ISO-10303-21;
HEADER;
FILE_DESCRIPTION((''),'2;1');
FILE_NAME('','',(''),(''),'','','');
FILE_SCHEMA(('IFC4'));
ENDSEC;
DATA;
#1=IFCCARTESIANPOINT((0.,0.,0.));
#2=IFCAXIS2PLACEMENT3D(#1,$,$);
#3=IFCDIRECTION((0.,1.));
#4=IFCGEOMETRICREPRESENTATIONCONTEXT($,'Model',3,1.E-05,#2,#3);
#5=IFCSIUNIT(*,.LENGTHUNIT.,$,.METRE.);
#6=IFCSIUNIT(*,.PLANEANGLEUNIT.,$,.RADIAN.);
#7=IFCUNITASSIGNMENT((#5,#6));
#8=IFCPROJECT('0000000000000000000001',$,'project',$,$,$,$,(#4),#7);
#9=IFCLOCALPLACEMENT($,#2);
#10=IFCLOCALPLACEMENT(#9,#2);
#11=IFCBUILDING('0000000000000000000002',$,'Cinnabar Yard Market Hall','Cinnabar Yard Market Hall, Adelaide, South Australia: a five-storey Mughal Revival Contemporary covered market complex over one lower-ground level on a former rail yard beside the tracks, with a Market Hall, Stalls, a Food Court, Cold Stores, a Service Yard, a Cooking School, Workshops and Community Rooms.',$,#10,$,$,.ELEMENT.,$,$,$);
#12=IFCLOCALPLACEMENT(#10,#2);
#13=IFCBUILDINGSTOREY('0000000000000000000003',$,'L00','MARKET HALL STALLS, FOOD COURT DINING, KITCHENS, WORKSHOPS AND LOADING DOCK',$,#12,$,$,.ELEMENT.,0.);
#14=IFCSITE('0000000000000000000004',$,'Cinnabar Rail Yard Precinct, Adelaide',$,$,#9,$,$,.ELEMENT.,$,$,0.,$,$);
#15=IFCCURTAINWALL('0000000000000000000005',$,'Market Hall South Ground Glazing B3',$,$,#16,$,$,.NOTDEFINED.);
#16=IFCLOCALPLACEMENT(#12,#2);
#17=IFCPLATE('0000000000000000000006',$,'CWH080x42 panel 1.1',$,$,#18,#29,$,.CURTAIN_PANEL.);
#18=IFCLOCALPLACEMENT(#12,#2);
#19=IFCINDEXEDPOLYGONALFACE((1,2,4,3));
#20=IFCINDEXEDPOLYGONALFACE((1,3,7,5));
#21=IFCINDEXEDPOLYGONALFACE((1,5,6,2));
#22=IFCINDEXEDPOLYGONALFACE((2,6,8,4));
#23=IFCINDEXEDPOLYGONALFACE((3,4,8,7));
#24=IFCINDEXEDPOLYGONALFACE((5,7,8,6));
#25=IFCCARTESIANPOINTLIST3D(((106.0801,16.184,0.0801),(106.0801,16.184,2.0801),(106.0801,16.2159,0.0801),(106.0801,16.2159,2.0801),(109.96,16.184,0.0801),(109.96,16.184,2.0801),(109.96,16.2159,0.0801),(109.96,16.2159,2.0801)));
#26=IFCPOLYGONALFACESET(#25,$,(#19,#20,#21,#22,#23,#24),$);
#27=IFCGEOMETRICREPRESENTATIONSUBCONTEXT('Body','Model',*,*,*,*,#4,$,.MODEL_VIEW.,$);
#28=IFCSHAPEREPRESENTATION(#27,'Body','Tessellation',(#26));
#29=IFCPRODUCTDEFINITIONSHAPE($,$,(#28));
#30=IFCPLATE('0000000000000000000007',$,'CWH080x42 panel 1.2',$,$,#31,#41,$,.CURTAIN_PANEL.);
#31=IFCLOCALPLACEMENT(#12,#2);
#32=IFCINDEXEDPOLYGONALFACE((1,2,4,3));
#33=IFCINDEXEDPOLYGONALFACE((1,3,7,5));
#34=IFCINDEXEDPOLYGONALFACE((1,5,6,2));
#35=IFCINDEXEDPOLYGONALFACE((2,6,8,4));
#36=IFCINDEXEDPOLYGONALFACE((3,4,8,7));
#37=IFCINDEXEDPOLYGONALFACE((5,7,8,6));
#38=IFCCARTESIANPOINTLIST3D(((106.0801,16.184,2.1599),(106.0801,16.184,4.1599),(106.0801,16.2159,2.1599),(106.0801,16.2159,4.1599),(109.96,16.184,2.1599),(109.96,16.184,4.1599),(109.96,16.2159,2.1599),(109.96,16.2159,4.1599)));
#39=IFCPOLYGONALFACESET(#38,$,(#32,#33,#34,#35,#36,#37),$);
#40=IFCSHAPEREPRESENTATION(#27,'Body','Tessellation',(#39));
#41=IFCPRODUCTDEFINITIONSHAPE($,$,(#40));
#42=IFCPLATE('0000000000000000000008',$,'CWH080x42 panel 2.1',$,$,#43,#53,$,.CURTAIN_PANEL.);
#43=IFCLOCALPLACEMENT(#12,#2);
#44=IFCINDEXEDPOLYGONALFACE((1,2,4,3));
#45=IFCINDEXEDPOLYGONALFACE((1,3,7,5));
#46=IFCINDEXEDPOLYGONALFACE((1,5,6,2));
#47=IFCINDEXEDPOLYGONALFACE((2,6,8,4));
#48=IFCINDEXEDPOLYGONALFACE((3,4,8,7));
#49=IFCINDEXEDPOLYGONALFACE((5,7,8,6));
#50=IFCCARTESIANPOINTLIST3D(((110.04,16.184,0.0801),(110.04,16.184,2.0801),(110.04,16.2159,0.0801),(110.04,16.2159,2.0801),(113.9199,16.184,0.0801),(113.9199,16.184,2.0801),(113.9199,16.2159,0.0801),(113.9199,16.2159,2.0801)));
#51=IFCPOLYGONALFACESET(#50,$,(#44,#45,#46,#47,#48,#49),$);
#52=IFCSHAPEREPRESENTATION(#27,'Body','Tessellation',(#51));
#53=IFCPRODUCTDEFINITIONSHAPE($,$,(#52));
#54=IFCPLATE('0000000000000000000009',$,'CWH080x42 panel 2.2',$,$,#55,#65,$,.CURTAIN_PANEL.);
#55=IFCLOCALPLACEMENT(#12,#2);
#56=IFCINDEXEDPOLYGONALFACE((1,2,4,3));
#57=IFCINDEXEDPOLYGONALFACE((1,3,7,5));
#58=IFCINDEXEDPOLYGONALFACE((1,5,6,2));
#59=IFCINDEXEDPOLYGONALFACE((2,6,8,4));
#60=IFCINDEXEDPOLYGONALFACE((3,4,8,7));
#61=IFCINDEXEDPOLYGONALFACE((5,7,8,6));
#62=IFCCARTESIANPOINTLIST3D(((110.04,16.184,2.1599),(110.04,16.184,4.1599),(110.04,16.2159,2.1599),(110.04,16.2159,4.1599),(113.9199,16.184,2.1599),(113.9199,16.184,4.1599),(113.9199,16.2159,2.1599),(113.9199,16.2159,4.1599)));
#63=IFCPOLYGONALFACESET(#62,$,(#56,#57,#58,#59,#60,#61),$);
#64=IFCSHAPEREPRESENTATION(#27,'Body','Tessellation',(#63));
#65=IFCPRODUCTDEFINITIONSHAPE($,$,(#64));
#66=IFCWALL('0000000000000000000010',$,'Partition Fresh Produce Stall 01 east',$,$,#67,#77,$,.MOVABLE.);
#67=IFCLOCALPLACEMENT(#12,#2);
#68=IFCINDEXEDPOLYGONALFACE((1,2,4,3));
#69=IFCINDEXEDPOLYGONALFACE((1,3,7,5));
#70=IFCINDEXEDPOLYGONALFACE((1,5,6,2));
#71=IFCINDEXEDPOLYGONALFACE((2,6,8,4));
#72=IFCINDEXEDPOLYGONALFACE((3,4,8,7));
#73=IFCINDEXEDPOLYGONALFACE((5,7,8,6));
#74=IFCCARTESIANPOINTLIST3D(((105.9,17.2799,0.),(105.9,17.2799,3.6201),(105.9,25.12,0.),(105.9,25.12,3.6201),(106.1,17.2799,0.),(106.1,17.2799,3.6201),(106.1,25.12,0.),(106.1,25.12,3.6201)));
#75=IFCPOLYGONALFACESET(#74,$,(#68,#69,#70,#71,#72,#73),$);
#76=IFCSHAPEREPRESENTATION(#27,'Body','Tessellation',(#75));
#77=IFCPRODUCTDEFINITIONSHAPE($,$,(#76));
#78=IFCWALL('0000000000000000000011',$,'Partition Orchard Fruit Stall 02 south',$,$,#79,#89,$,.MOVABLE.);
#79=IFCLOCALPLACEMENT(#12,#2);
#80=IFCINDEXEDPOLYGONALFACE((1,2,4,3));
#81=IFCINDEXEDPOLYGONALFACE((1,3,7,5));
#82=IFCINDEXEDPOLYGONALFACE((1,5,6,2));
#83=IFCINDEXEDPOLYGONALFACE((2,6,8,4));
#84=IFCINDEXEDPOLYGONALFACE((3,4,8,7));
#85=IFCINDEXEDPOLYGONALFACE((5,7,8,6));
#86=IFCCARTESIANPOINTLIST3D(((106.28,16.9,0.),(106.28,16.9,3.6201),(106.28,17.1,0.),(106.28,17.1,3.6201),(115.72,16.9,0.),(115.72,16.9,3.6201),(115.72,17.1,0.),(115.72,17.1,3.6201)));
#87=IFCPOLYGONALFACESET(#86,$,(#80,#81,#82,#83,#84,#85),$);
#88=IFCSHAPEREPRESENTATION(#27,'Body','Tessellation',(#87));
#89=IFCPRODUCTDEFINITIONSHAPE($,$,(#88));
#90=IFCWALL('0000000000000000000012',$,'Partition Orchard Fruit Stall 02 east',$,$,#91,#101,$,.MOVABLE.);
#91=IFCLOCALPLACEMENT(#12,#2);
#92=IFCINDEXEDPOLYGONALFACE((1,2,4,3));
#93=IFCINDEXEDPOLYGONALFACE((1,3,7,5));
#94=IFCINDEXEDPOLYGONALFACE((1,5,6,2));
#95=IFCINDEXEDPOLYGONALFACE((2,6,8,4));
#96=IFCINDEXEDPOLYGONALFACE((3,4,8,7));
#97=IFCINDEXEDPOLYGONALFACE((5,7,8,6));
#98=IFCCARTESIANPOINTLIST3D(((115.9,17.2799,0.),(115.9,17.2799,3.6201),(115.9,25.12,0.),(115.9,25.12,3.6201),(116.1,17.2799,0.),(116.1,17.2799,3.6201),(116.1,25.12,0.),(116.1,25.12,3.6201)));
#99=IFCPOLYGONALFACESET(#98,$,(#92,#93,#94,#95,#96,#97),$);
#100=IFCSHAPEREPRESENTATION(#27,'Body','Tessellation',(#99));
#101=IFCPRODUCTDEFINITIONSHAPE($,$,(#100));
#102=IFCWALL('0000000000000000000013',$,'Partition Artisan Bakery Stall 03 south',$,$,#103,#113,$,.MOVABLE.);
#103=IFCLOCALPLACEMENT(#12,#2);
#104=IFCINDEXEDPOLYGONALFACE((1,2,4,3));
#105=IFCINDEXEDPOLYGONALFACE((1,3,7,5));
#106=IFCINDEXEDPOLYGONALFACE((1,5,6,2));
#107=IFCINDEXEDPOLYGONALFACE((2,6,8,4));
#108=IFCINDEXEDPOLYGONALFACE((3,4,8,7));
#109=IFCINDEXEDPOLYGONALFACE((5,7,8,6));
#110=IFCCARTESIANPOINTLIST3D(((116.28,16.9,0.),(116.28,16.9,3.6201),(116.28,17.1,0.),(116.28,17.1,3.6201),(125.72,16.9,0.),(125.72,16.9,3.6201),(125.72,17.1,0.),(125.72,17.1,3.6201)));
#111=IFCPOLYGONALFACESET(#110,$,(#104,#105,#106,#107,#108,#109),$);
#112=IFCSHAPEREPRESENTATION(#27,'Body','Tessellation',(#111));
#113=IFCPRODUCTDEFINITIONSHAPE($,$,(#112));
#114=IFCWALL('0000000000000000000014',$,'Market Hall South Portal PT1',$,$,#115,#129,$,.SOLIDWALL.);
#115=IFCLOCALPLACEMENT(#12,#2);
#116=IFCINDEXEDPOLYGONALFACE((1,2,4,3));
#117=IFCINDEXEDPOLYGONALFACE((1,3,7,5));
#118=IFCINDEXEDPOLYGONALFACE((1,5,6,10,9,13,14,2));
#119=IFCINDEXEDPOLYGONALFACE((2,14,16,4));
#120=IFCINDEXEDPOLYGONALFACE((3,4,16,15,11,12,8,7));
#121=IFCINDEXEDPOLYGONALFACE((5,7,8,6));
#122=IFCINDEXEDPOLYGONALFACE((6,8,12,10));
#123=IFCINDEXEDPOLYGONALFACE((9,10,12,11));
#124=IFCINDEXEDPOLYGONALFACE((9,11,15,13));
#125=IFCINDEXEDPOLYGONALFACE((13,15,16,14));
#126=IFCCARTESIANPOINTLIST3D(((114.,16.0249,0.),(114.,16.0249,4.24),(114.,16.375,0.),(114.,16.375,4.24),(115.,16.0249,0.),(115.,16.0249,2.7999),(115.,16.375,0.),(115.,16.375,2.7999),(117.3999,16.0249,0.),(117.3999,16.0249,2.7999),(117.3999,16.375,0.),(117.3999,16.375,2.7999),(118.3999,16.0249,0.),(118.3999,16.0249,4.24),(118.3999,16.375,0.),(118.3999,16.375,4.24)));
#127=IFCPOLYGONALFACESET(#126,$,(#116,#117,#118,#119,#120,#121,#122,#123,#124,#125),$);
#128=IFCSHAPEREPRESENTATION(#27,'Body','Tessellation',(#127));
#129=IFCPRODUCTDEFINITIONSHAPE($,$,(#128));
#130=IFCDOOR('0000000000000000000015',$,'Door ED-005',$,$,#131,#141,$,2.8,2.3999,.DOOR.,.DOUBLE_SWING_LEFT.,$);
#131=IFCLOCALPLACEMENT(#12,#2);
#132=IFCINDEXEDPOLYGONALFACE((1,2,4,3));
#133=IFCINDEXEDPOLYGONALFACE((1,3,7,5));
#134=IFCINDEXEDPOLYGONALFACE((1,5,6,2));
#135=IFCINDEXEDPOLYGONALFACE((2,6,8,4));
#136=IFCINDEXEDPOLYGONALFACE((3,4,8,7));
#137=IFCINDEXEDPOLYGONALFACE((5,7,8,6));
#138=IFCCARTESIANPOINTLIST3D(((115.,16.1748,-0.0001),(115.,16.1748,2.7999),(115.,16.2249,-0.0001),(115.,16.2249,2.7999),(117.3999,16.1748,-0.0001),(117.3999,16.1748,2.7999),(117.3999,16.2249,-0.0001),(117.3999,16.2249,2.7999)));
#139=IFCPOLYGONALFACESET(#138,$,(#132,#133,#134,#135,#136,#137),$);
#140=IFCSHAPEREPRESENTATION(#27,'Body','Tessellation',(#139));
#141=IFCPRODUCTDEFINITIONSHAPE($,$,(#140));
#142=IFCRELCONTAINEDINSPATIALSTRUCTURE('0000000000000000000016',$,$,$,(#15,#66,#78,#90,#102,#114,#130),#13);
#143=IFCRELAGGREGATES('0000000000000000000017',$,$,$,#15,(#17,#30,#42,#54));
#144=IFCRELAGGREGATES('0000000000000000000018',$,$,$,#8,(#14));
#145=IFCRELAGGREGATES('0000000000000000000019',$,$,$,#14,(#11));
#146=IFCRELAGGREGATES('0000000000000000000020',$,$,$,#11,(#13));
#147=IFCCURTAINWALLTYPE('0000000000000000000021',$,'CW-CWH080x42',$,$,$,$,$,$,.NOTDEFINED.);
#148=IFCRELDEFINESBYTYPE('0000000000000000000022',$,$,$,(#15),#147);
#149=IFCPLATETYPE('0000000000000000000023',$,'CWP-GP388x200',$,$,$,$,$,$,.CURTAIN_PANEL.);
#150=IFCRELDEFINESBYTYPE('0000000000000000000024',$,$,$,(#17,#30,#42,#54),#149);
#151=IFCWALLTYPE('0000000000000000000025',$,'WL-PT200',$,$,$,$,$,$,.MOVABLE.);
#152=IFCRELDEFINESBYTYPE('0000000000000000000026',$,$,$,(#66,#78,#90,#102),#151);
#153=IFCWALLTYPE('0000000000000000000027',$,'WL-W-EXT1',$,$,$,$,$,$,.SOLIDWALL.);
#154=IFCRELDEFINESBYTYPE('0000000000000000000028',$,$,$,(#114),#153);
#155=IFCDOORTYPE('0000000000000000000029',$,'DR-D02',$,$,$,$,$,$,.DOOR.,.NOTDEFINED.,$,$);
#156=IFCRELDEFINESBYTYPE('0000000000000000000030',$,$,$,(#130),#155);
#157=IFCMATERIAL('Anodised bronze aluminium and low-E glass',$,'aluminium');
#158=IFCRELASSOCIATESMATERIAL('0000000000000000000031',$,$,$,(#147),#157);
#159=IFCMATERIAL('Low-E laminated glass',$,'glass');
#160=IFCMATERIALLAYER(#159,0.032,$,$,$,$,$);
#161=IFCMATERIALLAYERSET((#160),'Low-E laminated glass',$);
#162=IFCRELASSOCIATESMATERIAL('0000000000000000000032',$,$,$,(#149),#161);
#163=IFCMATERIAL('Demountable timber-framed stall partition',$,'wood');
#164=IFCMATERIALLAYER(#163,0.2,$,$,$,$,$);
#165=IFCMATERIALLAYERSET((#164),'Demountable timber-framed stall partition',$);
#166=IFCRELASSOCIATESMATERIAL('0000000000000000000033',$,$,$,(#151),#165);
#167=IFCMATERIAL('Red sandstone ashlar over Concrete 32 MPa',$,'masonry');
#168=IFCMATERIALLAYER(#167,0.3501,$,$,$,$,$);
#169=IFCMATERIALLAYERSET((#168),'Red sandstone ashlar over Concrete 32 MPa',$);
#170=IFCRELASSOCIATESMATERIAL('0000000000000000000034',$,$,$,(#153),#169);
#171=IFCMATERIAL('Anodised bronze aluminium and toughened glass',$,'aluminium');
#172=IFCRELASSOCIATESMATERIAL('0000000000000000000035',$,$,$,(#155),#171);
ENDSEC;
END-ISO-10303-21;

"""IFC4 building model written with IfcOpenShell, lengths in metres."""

from ifc_helpers import new_model, si_unit, direction, frame, frame_2d, origin, origin_2d_with_axis, place, context, subcontext, project, spatial, rectangle, extrude, material, layer, layer_set, type_object, element, fill, aggregate, save


model = new_model("IFC4")

# Units and contexts
model_context = context("Model", 3, precision=1e-05, world=origin(), true_north=direction((0.0, 1.0)))
body_context = subcontext(model_context, "Body", "Model", "MODEL_VIEW")
ifc_project = project(units=[si_unit("LENGTHUNIT", "METRE"), si_unit("PLANEANGLEUNIT", "RADIAN")], contexts=[model_context])

# Site, building, storey
site_placement = place(None, origin())
site = spatial("IfcSite", under=ifc_project, at=site_placement, Name="Cinnabar Rail Yard Precinct, Adelaide", CompositionType="ELEMENT", RefElevation=0.0)
building_placement = place(site_placement, origin())
building = spatial("IfcBuilding", under=site, at=building_placement, Name="Cinnabar Yard Market Hall", Description="Cinnabar Yard Market Hall, Adelaide, South Australia: a five-storey Mughal Revival Contemporary covered market complex over one lower-ground level on a former rail yard beside the tracks, with a Market Hall, Stalls, a Food Court, Cold Stores, a Service Yard, a Cooking School, Workshops and Community Rooms.", CompositionType="ELEMENT")
storey_placement = place(building_placement, origin())
storey = spatial("IfcBuildingStorey", under=building, at=storey_placement, Name="L00", Description="MARKET HALL STALLS, FOOD COURT DINING, KITCHENS, WORKSHOPS AND LOADING DOCK", CompositionType="ELEMENT", Elevation=0.0)

# Curtain wall
ifc_material_1 = material(Name="Anodised bronze aluminium and low-E glass", Category="aluminium")
curtain_wall_type_1 = type_object("IfcCurtainWallType", Name="CW-CWH080x42", PredefinedType="NOTDEFINED", material=ifc_material_1)
curtain_wall_1_placement = place(storey_placement, origin())
curtain_wall_1 = element("IfcCurtainWall", 1, at=curtain_wall_1_placement, inside=storey, type_object=curtain_wall_type_1, Name="Market Hall South Ground Glazing B3", PredefinedType="NOTDEFINED")

# Plates
ifc_material_2 = material(Name="Low-E laminated glass", Category="glass")
ifc_layer_1 = layer(ifc_material_2, 0.032)
ifc_layer_set_1 = layer_set([ifc_layer_1], Name="Low-E laminated glass")
plate_type_1 = type_object("IfcPlateType", Name="CWP-GP388x200", PredefinedType="CURTAIN_PANEL", material=ifc_layer_set_1)
plate_1_placement = place(storey_placement, frame((108.02, 16.2, 0.0801), z_axis=(0.0, 0.0, 1.0), x_axis=(1.0, 0.0, 0.0)))
plate_1 = element("IfcPlate", 2, at=plate_1_placement, type_object=plate_type_1, Name="CWH080x42 panel 1.1", PredefinedType="CURTAIN_PANEL", context=body_context, shape_type="SweptSolid", body=[
    extrude(rectangle(XDim=3.8799, YDim=0.032, at=origin_2d_with_axis()), origin(), (0.0, 0.0, 1.0), 2.0),
])
plate_2_placement = place(storey_placement, frame((108.02, 16.2, 2.1599), z_axis=(0.0, 0.0, 1.0), x_axis=(1.0, 0.0, 0.0)))
plate_2 = element("IfcPlate", 3, at=plate_2_placement, type_object=plate_type_1, Name="CWH080x42 panel 1.2", PredefinedType="CURTAIN_PANEL", context=body_context, shape_type="SweptSolid", body=[
    extrude(rectangle(XDim=3.8799, YDim=0.032, at=origin_2d_with_axis()), origin(), (0.0, 0.0, 1.0), 2.0),
])
plate_3_placement = place(storey_placement, frame((111.98, 16.2, 0.0801), z_axis=(0.0, 0.0, 1.0), x_axis=(1.0, 0.0, 0.0)))
plate_3 = element("IfcPlate", 4, at=plate_3_placement, type_object=plate_type_1, Name="CWH080x42 panel 2.1", PredefinedType="CURTAIN_PANEL", context=body_context, shape_type="SweptSolid", body=[
    extrude(rectangle(XDim=3.8799, YDim=0.032, at=origin_2d_with_axis()), origin(), (0.0, 0.0, 1.0), 2.0),
])
plate_4_placement = place(storey_placement, frame((111.98, 16.2, 2.1599), z_axis=(0.0, 0.0, 1.0), x_axis=(1.0, 0.0, 0.0)))
plate_4 = element("IfcPlate", 5, at=plate_4_placement, type_object=plate_type_1, Name="CWH080x42 panel 2.2", PredefinedType="CURTAIN_PANEL", context=body_context, shape_type="SweptSolid", body=[
    extrude(rectangle(XDim=3.8799, YDim=0.032, at=origin_2d_with_axis()), origin(), (0.0, 0.0, 1.0), 2.0),
])
aggregate(curtain_wall_1, [plate_1, plate_2, plate_3, plate_4])

# Walls
ifc_material_3 = material(Name="Demountable timber-framed stall partition", Category="wood")
ifc_layer_2 = layer(ifc_material_3, 0.2)
ifc_layer_set_2 = layer_set([ifc_layer_2], Name="Demountable timber-framed stall partition")
wall_type_1 = type_object("IfcWallType", Name="WL-PT200", PredefinedType="MOVABLE", material=ifc_layer_set_2)
wall_1_placement = place(storey_placement, frame((106.0, 17.28, 0.0), z_axis=(0.0, 0.0, 1.0), x_axis=(0.0, 1.0, 0.0)))
element("IfcWall", 6, at=wall_1_placement, inside=storey, type_object=wall_type_1, Name="Partition Fresh Produce Stall 01 east", PredefinedType="MOVABLE", context=body_context, shape_type="SweptSolid", body=[
    extrude(rectangle(XDim=7.8401, YDim=0.2, at=frame_2d((3.9199, 0.0), x_axis=(1.0, 0.0))), origin(), (0.0, 0.0, 1.0), 3.6201),
])
wall_2_placement = place(storey_placement, frame((106.28, 17.0, 0.0), z_axis=(0.0, 0.0, 1.0), x_axis=(1.0, 0.0, 0.0)))
element("IfcWall", 7, at=wall_2_placement, inside=storey, type_object=wall_type_1, Name="Partition Orchard Fruit Stall 02 south", PredefinedType="MOVABLE", context=body_context, shape_type="SweptSolid", body=[
    extrude(rectangle(XDim=9.4399, YDim=0.2, at=frame_2d((4.72, 0.0), x_axis=(1.0, 0.0))), origin(), (0.0, 0.0, 1.0), 3.6201),
])
wall_3_placement = place(storey_placement, frame((116.0, 17.28, 0.0), z_axis=(0.0, 0.0, 1.0), x_axis=(0.0, 1.0, 0.0)))
element("IfcWall", 8, at=wall_3_placement, inside=storey, type_object=wall_type_1, Name="Partition Orchard Fruit Stall 02 east", PredefinedType="MOVABLE", context=body_context, shape_type="SweptSolid", body=[
    extrude(rectangle(XDim=7.8401, YDim=0.2, at=frame_2d((3.9199, 0.0), x_axis=(1.0, 0.0))), origin(), (0.0, 0.0, 1.0), 3.6201),
])
wall_4_placement = place(storey_placement, frame((116.28, 17.0, 0.0), z_axis=(0.0, 0.0, 1.0), x_axis=(1.0, 0.0, 0.0)))
element("IfcWall", 9, at=wall_4_placement, inside=storey, type_object=wall_type_1, Name="Partition Artisan Bakery Stall 03 south", PredefinedType="MOVABLE", context=body_context, shape_type="SweptSolid", body=[
    extrude(rectangle(XDim=9.4399, YDim=0.2, at=frame_2d((4.72, 0.0), x_axis=(1.0, 0.0))), origin(), (0.0, 0.0, 1.0), 3.6201),
])

# Wall, opening, door
ifc_material_4 = material(Name="Red sandstone ashlar over Concrete 32 MPa", Category="masonry")
ifc_layer_3 = layer(ifc_material_4, 0.3501)
ifc_layer_set_3 = layer_set([ifc_layer_3], Name="Red sandstone ashlar over Concrete 32 MPa")
wall_type_2 = type_object("IfcWallType", Name="WL-W-EXT1", PredefinedType="SOLIDWALL", material=ifc_layer_set_3)
wall_5_placement = place(storey_placement, frame((114.0, 16.2, 0.0), z_axis=(0.0, 0.0, 1.0), x_axis=(1.0, 0.0, 0.0)))
wall_5 = element("IfcWall", 10, at=wall_5_placement, inside=storey, type_object=wall_type_2, Name="Market Hall South Portal PT1", PredefinedType="SOLIDWALL", context=body_context, shape_type="SweptSolid", body=[
    extrude(rectangle(XDim=4.3999, YDim=0.3501, at=frame_2d((2.2, 0.0), x_axis=(1.0, 0.0))), origin(), (0.0, 0.0, 1.0), 4.24),
])
opening_placement = place(wall_5_placement, frame((1.0, 0.0, 0.0)))
opening = element("IfcOpeningElement", 11, at=opening_placement, cuts=wall_5, PredefinedType="OPENING", context=body_context, shape_type="SweptSolid", body=[
    extrude(rectangle(XDim=2.3999, YDim=2.8, at=frame_2d((1.2, 1.3999), x_axis=(1.0, 0.0))), frame((0.0, 0.1851, 0.0), z_axis=(0.0, -1.0, 0.0), x_axis=(1.0, 0.0, 0.0)), (0.0, 0.0, 1.0), 0.3701),
])
ifc_material_5 = material(Name="Anodised bronze aluminium and toughened glass", Category="aluminium")
door_type = type_object("IfcDoorType", Name="DR-D02", OperationType="NOTDEFINED", PredefinedType="DOOR", material=ifc_material_5)
door_placement = place(opening_placement, origin())
door = element("IfcDoor", 12, at=door_placement, inside=storey, type_object=door_type, Name="Door ED-005", OperationType="DOUBLE_SWING_LEFT", OverallHeight=2.8, OverallWidth=2.3999, PredefinedType="DOOR", context=body_context, shape_type="SweptSolid", body=[
    extrude(rectangle(XDim=2.3999, YDim=2.8, at=frame_2d((1.2, 1.3999), x_axis=(1.0, 0.0))), frame((0.0, 0.0249, 0.0), z_axis=(0.0, -1.0, 0.0), x_axis=(1.0, 0.0, 0.0)), (0.0, 0.0, 1.0), 0.05),
])
fill(opening, door)

save(model, "model.ifc")
